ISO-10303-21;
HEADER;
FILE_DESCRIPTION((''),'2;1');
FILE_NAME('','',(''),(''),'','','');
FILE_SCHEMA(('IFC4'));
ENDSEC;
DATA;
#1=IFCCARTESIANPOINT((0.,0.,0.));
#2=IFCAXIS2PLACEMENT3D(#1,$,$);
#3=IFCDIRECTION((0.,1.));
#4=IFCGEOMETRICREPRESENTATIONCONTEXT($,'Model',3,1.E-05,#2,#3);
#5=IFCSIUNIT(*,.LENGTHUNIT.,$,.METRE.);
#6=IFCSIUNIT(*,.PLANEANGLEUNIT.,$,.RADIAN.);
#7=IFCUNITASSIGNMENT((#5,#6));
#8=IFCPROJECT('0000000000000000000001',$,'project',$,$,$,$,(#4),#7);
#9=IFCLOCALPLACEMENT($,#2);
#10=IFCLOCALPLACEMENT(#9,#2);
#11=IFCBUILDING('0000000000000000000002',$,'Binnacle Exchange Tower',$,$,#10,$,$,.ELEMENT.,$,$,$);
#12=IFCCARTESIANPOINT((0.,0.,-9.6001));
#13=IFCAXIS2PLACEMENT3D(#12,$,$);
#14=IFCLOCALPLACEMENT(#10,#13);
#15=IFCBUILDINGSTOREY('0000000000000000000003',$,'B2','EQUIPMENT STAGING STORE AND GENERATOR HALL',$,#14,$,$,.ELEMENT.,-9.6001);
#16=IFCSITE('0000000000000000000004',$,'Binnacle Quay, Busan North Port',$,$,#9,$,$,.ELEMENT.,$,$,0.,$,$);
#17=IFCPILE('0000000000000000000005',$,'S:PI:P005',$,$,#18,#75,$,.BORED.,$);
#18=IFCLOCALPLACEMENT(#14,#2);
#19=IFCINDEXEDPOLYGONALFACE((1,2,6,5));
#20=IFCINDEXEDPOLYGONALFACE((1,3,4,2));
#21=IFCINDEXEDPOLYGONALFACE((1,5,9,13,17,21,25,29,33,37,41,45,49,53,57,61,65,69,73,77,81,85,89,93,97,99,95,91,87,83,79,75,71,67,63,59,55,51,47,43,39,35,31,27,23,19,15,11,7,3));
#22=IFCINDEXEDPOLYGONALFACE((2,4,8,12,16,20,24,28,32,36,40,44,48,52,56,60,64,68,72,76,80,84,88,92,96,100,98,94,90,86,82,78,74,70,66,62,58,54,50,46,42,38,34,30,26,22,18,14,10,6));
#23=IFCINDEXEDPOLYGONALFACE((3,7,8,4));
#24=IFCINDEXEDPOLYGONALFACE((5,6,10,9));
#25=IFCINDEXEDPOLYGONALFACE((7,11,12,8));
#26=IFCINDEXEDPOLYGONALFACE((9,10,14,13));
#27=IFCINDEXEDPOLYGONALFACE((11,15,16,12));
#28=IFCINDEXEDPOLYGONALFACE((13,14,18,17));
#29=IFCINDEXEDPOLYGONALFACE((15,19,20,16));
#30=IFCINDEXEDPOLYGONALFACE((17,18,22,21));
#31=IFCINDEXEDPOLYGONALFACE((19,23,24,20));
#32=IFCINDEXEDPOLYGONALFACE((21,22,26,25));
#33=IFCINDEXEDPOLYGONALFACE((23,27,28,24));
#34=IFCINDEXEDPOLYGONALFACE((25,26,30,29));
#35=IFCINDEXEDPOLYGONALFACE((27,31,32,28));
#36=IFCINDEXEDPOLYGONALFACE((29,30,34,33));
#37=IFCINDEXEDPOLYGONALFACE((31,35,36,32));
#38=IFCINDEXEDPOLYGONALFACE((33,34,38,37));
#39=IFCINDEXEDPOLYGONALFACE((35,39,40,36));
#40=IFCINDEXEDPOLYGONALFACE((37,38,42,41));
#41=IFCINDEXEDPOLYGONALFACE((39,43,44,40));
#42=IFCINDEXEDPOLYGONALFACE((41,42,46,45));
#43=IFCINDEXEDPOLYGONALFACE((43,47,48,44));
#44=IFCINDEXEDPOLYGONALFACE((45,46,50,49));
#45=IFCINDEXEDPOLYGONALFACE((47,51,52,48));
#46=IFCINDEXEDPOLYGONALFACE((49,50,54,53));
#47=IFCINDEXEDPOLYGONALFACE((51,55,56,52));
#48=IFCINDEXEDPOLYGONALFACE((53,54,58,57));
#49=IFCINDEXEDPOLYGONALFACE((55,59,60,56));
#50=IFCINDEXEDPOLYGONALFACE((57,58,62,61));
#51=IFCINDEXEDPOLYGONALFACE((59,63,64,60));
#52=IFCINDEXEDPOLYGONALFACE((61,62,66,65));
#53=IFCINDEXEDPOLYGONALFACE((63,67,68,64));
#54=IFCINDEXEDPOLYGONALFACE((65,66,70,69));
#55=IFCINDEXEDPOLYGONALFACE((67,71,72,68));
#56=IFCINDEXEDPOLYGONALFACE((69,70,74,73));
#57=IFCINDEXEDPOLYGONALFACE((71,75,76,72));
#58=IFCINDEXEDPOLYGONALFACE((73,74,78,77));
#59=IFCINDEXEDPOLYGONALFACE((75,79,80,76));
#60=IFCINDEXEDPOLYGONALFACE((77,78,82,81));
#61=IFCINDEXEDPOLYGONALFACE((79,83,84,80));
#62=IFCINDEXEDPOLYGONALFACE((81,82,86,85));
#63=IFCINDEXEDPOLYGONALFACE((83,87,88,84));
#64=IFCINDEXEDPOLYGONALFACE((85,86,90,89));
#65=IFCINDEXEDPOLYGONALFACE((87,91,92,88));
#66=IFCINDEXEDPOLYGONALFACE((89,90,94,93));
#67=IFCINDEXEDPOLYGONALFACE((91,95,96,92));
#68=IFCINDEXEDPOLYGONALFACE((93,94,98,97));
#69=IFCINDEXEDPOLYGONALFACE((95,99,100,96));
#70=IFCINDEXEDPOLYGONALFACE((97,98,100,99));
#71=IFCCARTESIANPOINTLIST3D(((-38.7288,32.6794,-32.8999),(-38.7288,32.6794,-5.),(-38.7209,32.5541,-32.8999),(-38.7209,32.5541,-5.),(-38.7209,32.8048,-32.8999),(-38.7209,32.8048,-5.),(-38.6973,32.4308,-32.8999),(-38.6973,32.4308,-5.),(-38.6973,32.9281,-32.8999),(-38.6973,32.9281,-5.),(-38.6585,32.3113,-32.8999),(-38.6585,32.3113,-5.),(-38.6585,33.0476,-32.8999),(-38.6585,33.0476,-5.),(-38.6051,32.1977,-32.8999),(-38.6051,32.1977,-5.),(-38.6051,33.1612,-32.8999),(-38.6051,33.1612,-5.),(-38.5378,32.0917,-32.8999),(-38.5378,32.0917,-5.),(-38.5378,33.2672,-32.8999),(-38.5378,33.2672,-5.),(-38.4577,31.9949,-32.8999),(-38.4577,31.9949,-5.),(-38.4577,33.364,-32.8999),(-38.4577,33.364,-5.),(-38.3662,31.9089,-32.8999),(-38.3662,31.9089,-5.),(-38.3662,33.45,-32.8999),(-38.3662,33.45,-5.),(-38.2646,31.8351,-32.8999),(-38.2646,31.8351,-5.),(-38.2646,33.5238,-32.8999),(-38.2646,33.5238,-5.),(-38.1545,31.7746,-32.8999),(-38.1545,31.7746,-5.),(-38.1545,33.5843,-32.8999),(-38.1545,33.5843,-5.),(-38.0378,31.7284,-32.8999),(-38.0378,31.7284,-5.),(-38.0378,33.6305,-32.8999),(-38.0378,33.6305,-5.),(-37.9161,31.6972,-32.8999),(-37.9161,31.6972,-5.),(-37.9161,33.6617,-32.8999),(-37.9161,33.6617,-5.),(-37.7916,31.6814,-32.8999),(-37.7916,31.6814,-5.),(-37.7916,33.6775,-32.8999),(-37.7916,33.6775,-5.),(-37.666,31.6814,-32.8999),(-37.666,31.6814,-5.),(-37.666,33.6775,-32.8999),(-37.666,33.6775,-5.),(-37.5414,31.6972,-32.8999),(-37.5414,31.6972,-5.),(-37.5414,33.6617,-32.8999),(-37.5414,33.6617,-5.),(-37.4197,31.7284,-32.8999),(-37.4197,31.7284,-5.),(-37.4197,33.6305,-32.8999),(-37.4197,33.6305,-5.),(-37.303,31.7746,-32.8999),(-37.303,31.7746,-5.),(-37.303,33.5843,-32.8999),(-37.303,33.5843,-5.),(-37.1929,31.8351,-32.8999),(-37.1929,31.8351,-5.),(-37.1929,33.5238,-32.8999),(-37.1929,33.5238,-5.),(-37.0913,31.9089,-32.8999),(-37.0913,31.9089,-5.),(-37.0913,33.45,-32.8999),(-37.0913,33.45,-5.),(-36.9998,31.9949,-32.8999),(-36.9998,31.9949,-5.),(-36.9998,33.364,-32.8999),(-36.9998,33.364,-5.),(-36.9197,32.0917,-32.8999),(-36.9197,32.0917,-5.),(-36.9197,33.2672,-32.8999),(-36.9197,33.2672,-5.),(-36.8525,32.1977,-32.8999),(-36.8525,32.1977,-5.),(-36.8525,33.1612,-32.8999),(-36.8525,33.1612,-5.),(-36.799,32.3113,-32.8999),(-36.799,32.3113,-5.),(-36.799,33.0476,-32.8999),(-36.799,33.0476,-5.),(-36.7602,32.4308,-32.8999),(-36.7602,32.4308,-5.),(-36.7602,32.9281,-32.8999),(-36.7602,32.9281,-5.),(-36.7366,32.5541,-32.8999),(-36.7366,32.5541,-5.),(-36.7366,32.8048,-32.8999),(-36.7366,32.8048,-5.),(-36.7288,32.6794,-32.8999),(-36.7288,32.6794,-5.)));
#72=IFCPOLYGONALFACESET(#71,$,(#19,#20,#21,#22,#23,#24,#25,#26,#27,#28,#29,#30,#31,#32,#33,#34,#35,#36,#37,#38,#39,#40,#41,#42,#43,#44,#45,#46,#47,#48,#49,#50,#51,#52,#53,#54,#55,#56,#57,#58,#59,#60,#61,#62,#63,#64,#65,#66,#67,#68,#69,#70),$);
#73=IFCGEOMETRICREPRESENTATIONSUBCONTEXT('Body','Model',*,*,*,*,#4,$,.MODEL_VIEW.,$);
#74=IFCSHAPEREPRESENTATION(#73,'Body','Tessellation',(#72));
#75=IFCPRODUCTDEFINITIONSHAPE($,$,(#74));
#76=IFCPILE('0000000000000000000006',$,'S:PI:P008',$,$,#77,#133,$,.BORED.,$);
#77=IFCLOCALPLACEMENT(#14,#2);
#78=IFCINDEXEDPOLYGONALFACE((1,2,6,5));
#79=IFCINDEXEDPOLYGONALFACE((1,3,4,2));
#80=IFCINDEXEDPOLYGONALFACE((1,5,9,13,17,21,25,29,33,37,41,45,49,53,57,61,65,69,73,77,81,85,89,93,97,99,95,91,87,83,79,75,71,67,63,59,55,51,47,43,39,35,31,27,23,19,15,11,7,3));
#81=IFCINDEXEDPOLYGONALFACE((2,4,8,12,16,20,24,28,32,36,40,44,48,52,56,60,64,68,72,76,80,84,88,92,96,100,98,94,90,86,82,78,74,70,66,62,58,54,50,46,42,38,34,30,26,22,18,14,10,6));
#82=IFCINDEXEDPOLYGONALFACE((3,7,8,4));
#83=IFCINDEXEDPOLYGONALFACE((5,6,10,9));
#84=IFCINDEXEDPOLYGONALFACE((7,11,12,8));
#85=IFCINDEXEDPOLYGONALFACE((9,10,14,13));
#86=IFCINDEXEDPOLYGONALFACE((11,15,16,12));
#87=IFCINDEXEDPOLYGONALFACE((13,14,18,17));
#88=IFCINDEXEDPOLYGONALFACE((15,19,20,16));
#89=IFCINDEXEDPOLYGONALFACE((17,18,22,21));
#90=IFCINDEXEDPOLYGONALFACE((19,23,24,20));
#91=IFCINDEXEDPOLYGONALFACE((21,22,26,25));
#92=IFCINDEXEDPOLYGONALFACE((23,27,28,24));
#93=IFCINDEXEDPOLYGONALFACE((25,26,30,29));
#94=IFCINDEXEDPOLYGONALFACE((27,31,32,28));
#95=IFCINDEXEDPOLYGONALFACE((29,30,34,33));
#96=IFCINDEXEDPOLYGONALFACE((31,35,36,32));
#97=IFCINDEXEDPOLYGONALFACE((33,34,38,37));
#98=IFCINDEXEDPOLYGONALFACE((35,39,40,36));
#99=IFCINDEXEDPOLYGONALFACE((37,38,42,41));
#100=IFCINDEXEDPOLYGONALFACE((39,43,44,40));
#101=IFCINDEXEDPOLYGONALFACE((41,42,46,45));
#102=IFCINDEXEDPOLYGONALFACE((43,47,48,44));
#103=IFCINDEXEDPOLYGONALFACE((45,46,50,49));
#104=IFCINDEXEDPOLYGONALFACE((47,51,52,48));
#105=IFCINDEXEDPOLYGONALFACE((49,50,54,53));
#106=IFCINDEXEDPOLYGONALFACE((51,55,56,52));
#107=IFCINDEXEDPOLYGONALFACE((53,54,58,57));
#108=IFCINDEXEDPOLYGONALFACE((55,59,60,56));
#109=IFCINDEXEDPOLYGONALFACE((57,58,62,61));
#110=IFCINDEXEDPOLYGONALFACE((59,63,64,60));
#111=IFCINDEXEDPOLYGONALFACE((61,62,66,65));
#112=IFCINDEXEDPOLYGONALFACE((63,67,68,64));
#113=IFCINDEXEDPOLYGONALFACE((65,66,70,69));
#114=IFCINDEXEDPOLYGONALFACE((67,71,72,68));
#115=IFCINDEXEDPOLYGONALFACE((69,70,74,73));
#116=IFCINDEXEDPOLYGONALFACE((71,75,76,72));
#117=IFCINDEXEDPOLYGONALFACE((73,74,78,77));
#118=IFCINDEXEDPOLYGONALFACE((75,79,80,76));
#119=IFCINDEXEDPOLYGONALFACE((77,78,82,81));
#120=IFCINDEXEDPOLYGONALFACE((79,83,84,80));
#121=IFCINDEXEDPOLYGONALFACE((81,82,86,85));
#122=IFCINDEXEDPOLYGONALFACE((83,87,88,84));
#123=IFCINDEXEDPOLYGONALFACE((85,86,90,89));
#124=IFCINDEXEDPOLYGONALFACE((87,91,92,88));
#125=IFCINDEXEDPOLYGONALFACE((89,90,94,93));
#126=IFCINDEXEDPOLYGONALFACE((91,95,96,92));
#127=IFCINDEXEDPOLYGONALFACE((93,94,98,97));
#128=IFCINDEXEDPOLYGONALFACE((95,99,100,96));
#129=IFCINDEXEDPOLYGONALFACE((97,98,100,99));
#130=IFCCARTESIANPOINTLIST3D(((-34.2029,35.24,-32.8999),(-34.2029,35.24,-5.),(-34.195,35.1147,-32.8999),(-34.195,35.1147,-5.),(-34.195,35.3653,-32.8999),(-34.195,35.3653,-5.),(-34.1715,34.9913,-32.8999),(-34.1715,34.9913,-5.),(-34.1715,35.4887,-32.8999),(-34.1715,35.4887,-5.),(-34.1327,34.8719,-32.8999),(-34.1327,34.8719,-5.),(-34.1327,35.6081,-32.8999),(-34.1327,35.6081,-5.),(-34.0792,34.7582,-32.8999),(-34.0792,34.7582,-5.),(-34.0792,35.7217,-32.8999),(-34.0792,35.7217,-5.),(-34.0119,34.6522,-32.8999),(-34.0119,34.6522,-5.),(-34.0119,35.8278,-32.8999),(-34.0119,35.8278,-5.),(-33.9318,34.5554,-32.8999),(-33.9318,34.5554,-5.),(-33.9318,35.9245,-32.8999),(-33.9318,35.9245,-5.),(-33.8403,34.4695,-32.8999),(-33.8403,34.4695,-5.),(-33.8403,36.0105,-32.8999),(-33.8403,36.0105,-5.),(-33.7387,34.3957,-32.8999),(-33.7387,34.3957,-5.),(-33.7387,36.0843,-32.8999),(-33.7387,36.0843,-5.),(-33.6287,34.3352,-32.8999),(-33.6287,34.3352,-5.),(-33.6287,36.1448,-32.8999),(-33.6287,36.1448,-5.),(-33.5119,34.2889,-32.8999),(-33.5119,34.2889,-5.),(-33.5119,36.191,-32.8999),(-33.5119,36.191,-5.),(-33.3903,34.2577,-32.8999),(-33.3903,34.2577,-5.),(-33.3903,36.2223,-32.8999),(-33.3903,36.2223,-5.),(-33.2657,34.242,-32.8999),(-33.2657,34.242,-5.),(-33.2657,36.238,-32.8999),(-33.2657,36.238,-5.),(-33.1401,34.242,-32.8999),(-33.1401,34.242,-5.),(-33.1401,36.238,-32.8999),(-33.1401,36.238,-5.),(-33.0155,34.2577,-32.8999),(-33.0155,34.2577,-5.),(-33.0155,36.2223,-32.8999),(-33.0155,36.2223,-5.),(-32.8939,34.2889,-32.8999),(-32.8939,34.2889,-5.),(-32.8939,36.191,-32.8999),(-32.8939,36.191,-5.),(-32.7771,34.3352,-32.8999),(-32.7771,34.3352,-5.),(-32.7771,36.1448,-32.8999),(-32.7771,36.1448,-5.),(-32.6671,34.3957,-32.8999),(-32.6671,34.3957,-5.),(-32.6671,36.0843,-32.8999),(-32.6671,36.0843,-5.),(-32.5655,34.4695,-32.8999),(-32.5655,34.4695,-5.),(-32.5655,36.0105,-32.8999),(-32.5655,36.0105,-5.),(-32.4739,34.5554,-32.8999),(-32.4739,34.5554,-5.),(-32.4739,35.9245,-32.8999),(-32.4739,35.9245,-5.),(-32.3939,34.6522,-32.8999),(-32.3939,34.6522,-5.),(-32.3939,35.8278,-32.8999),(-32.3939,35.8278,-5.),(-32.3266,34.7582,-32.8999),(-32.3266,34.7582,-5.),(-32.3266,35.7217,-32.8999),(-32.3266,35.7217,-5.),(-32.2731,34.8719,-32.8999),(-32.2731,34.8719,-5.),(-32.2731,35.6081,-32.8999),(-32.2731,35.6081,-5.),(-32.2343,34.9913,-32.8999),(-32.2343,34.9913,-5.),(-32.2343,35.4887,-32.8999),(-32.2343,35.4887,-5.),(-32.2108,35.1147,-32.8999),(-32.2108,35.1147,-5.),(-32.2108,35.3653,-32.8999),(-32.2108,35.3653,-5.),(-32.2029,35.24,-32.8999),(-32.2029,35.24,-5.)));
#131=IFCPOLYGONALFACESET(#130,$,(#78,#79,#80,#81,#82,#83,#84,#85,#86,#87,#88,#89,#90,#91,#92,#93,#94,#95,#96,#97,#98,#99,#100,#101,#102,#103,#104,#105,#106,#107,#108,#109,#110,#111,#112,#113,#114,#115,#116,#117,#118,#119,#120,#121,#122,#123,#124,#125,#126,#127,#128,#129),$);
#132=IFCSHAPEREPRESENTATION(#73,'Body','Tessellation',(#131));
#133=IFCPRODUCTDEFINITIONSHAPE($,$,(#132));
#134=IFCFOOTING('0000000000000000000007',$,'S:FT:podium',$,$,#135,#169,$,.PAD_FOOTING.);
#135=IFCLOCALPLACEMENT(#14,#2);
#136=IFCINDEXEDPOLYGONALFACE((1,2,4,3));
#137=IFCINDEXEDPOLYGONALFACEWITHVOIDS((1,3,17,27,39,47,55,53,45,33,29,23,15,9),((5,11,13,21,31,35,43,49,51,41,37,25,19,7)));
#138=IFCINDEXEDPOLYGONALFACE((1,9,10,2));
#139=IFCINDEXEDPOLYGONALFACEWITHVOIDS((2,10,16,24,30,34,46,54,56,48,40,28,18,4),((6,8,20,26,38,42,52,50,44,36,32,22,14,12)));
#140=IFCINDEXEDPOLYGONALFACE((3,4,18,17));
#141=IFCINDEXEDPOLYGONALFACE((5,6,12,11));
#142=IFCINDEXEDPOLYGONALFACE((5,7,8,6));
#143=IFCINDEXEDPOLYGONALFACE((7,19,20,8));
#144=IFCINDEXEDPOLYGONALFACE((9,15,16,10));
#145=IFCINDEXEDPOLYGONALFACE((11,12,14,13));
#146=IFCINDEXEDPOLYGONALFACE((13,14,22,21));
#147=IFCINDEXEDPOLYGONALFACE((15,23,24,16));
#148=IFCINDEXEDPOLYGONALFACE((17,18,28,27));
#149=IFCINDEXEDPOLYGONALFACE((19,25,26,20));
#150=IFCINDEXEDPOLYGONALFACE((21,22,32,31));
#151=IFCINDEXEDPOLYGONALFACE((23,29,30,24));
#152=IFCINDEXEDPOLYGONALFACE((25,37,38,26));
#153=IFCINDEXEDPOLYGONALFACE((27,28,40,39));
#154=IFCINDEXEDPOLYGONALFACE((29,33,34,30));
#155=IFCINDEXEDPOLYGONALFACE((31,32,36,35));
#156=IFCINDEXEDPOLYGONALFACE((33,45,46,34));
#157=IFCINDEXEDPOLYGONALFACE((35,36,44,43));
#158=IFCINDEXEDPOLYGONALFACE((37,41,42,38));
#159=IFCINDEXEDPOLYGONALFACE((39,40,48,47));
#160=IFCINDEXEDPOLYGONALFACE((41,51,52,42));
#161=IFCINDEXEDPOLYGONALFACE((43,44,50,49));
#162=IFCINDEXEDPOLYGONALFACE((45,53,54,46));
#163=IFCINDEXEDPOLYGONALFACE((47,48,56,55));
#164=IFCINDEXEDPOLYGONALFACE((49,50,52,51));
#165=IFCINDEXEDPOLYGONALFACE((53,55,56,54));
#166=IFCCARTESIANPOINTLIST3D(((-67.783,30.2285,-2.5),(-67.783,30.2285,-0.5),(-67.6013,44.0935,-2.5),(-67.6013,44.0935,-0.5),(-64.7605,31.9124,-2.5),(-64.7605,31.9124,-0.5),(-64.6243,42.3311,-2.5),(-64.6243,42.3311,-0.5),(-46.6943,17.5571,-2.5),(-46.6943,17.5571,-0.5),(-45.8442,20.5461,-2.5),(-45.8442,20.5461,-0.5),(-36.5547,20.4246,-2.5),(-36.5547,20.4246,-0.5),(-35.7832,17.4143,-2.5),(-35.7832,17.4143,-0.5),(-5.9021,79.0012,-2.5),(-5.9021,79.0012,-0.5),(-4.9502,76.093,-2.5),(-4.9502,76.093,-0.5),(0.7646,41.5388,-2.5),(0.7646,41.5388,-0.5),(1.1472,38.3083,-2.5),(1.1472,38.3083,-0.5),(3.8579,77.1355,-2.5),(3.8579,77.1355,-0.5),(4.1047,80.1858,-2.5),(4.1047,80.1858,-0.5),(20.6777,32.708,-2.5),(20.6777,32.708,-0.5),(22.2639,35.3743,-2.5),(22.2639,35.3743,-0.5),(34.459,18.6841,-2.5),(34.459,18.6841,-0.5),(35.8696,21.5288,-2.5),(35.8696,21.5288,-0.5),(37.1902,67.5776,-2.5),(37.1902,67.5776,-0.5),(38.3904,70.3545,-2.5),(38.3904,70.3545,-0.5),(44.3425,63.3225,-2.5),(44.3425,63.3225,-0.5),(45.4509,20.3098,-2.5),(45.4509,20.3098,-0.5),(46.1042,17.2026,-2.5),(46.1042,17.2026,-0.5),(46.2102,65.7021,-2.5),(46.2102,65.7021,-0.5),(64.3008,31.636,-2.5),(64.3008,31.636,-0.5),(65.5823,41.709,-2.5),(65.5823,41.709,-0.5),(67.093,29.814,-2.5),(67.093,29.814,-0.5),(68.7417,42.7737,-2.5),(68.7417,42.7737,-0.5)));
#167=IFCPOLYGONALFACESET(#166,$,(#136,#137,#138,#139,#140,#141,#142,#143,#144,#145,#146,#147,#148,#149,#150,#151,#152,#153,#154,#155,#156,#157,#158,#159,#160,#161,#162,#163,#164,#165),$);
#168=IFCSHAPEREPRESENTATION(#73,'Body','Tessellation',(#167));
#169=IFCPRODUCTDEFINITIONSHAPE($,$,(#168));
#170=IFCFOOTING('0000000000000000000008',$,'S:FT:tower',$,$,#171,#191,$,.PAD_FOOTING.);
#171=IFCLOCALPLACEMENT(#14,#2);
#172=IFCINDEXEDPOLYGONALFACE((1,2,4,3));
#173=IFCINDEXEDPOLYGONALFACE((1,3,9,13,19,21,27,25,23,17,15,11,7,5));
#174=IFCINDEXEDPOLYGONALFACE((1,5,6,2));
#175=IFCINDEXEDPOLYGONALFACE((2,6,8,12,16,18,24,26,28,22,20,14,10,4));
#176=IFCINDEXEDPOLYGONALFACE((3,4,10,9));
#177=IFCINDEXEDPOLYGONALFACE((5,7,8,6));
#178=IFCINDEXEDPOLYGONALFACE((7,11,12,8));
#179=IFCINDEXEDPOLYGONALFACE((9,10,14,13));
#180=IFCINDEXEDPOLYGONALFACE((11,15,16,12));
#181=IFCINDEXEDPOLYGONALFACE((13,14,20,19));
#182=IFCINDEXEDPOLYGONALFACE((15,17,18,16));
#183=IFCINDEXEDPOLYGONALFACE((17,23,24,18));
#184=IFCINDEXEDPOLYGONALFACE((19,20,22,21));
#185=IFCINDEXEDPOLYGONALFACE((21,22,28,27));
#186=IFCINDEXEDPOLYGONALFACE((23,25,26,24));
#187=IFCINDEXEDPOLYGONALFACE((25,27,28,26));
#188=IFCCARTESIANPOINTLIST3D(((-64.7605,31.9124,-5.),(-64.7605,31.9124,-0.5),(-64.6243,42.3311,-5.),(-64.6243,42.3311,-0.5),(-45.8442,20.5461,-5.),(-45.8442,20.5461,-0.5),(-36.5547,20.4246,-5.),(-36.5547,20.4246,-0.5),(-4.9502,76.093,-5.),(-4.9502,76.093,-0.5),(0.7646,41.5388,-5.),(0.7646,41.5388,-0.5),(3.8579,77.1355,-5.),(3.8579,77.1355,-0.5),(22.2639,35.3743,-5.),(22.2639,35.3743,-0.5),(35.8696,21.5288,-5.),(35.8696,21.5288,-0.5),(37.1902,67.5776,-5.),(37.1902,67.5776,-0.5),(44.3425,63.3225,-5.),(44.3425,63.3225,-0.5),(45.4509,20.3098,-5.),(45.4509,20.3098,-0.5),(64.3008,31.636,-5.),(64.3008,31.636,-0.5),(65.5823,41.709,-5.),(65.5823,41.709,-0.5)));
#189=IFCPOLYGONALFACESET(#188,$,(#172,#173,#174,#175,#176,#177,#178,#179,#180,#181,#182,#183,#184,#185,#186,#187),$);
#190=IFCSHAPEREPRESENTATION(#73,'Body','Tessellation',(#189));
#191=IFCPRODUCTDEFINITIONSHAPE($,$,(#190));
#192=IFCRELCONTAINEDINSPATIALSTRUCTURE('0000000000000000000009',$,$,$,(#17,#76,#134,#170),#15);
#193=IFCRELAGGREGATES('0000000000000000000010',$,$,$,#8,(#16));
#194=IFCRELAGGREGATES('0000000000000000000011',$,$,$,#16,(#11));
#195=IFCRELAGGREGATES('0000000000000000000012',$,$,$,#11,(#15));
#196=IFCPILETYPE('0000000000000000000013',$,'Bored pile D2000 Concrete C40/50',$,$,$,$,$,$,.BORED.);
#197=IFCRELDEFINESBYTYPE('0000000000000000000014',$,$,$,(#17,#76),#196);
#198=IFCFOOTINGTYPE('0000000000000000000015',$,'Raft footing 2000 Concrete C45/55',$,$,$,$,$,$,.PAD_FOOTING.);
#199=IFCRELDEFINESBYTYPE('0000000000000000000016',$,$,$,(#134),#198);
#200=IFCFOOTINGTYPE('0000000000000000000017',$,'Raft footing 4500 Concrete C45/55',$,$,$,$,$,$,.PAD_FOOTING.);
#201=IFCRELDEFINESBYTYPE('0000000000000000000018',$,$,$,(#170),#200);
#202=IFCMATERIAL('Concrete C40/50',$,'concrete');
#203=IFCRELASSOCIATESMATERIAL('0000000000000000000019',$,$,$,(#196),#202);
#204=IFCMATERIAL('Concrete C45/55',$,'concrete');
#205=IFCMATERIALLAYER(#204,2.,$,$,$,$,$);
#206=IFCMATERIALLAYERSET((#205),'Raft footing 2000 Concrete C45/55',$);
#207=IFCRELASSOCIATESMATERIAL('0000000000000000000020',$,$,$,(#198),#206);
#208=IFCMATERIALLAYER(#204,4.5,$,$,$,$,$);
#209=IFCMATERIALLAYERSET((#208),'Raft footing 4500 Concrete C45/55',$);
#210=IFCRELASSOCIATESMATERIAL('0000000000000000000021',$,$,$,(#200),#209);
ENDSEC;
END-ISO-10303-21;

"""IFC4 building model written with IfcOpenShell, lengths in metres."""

from ifc_helpers import new_model, si_unit, direction, frame, origin, origin_2d, place, context, subcontext, project, spatial, polyline, circle, outline, extrude, material, layer, layer_set, material_profile, profile_set, type_object, element, save


model = new_model("IFC4")

# Units and contexts
model_context = context("Model", 3, precision=1e-05, world=origin(), true_north=direction((0.0, 1.0)))
body_context = subcontext(model_context, "Body", "Model", "MODEL_VIEW")
ifc_project = project(units=[si_unit("LENGTHUNIT", "METRE"), si_unit("PLANEANGLEUNIT", "RADIAN")], contexts=[model_context])

# Site, building, storey
site_placement = place(None, origin())
site = spatial("IfcSite", under=ifc_project, at=site_placement, Name="Binnacle Quay, Busan North Port", CompositionType="ELEMENT", RefElevation=0.0)
building_placement = place(site_placement, origin())
building = spatial("IfcBuilding", under=site, at=building_placement, Name="Binnacle Exchange Tower", CompositionType="ELEMENT")
storey_placement = place(building_placement, frame((0.0, 0.0, -9.6001)))
storey = spatial("IfcBuildingStorey", under=building, at=storey_placement, Name="B2", Description="EQUIPMENT STAGING STORE AND GENERATOR HALL", CompositionType="ELEMENT", Elevation=-9.6001)

# Piles
ifc_material_1 = material(Name="Concrete C40/50", Category="concrete")
ifc_material_profile_1 = material_profile(ifc_material_1, circle(Radius=1.0, at=origin_2d()), Name="Bored pile D2000")
ifc_profile_set_1 = profile_set([ifc_material_profile_1], Name="Concrete C40/50")
pile_type = type_object("IfcPileType", Name="Bored pile D2000 Concrete C40/50", PredefinedType="BORED", material=ifc_profile_set_1)
for number, where, z_axis, x_axis, name in (
    (1, (-37.7288, 32.6794, -5.0), (0.0, 0.0, -1.0), (1.0, 0.0, 0.0), "S:PI:P005"),
    (2, (-33.2029, 35.24, -5.0), (0.0, 0.0, -1.0), (1.0, 0.0, 0.0), "S:PI:P008"),
):
    element("IfcPile", number, at=place(storey_placement, frame(where, z_axis=z_axis, x_axis=x_axis)), inside=storey, type_object=pile_type, Name=name, PredefinedType="BORED", context=body_context, shape_type="SweptSolid", body=[
        extrude(circle(Radius=1.0, at=origin_2d()), origin(), (0.0, 0.0, 1.0), 27.8999),
    ])

# Footings
ifc_material_2 = material(Name="Concrete C45/55", Category="concrete")
ifc_layer_1 = layer(ifc_material_2, 2.0)
ifc_layer_set_1 = layer_set([ifc_layer_1], Name="Raft footing 2000 Concrete C45/55")
footing_type_1 = type_object("IfcFootingType", Name="Raft footing 2000 Concrete C45/55", PredefinedType="PAD_FOOTING", material=ifc_layer_set_1)
footing_1_placement = place(storey_placement, frame((0.0, 0.0, -2.5)))
element("IfcFooting", 3, at=footing_1_placement, inside=storey, type_object=footing_type_1, Name="S:FT:podium", PredefinedType="PAD_FOOTING", context=body_context, shape_type="SweptSolid", body=[
    extrude(outline(polyline([(68.7417, 42.7737), (67.093, 29.814), (46.1042, 17.2026), (34.459, 18.6841), (20.6777, 32.708), (1.1472, 38.3083), (-35.7832, 17.4143), (-46.6943, 17.5571), (-67.783, 30.2285), (-67.6013, 44.0935), (-5.9021, 79.0012), (4.1047, 80.1858), (38.3904, 70.3545), (46.2102, 65.7021), (68.7417, 42.7737)]), holes=[polyline([(44.3425, 63.3225), (37.1902, 67.5776), (3.8579, 77.1355), (-4.9502, 76.093), (-64.6243, 42.3311), (-64.7605, 31.9124), (-45.8442, 20.5461), (-36.5547, 20.4246), (0.7646, 41.5388), (22.2639, 35.3743), (35.8696, 21.5288), (45.4509, 20.3098), (64.3008, 31.636), (65.5823, 41.709), (44.3425, 63.3225)])]), origin(), (0.0, 0.0, 1.0), 2.0),
])
ifc_layer_2 = layer(ifc_material_2, 4.5)
ifc_layer_set_2 = layer_set([ifc_layer_2], Name="Raft footing 4500 Concrete C45/55")
footing_type_2 = type_object("IfcFootingType", Name="Raft footing 4500 Concrete C45/55", PredefinedType="PAD_FOOTING", material=ifc_layer_set_2)
footing_2_placement = place(storey_placement, frame((0.0, 0.0, -5.0)))
element("IfcFooting", 4, at=footing_2_placement, inside=storey, type_object=footing_type_2, Name="S:FT:tower", PredefinedType="PAD_FOOTING", context=body_context, shape_type="SweptSolid", body=[
    extrude(outline(polyline([(65.5823, 41.709), (64.3008, 31.636), (45.4509, 20.3098), (35.8696, 21.5288), (22.2639, 35.3743), (0.7646, 41.5388), (-36.5547, 20.4246), (-45.8442, 20.5461), (-64.7605, 31.9124), (-64.6243, 42.3311), (-4.9502, 76.093), (3.8579, 77.1355), (37.1902, 67.5776), (44.3425, 63.3225), (65.5823, 41.709)])), origin(), (0.0, 0.0, 1.0), 4.5),
])

save(model, "model.ifc")
